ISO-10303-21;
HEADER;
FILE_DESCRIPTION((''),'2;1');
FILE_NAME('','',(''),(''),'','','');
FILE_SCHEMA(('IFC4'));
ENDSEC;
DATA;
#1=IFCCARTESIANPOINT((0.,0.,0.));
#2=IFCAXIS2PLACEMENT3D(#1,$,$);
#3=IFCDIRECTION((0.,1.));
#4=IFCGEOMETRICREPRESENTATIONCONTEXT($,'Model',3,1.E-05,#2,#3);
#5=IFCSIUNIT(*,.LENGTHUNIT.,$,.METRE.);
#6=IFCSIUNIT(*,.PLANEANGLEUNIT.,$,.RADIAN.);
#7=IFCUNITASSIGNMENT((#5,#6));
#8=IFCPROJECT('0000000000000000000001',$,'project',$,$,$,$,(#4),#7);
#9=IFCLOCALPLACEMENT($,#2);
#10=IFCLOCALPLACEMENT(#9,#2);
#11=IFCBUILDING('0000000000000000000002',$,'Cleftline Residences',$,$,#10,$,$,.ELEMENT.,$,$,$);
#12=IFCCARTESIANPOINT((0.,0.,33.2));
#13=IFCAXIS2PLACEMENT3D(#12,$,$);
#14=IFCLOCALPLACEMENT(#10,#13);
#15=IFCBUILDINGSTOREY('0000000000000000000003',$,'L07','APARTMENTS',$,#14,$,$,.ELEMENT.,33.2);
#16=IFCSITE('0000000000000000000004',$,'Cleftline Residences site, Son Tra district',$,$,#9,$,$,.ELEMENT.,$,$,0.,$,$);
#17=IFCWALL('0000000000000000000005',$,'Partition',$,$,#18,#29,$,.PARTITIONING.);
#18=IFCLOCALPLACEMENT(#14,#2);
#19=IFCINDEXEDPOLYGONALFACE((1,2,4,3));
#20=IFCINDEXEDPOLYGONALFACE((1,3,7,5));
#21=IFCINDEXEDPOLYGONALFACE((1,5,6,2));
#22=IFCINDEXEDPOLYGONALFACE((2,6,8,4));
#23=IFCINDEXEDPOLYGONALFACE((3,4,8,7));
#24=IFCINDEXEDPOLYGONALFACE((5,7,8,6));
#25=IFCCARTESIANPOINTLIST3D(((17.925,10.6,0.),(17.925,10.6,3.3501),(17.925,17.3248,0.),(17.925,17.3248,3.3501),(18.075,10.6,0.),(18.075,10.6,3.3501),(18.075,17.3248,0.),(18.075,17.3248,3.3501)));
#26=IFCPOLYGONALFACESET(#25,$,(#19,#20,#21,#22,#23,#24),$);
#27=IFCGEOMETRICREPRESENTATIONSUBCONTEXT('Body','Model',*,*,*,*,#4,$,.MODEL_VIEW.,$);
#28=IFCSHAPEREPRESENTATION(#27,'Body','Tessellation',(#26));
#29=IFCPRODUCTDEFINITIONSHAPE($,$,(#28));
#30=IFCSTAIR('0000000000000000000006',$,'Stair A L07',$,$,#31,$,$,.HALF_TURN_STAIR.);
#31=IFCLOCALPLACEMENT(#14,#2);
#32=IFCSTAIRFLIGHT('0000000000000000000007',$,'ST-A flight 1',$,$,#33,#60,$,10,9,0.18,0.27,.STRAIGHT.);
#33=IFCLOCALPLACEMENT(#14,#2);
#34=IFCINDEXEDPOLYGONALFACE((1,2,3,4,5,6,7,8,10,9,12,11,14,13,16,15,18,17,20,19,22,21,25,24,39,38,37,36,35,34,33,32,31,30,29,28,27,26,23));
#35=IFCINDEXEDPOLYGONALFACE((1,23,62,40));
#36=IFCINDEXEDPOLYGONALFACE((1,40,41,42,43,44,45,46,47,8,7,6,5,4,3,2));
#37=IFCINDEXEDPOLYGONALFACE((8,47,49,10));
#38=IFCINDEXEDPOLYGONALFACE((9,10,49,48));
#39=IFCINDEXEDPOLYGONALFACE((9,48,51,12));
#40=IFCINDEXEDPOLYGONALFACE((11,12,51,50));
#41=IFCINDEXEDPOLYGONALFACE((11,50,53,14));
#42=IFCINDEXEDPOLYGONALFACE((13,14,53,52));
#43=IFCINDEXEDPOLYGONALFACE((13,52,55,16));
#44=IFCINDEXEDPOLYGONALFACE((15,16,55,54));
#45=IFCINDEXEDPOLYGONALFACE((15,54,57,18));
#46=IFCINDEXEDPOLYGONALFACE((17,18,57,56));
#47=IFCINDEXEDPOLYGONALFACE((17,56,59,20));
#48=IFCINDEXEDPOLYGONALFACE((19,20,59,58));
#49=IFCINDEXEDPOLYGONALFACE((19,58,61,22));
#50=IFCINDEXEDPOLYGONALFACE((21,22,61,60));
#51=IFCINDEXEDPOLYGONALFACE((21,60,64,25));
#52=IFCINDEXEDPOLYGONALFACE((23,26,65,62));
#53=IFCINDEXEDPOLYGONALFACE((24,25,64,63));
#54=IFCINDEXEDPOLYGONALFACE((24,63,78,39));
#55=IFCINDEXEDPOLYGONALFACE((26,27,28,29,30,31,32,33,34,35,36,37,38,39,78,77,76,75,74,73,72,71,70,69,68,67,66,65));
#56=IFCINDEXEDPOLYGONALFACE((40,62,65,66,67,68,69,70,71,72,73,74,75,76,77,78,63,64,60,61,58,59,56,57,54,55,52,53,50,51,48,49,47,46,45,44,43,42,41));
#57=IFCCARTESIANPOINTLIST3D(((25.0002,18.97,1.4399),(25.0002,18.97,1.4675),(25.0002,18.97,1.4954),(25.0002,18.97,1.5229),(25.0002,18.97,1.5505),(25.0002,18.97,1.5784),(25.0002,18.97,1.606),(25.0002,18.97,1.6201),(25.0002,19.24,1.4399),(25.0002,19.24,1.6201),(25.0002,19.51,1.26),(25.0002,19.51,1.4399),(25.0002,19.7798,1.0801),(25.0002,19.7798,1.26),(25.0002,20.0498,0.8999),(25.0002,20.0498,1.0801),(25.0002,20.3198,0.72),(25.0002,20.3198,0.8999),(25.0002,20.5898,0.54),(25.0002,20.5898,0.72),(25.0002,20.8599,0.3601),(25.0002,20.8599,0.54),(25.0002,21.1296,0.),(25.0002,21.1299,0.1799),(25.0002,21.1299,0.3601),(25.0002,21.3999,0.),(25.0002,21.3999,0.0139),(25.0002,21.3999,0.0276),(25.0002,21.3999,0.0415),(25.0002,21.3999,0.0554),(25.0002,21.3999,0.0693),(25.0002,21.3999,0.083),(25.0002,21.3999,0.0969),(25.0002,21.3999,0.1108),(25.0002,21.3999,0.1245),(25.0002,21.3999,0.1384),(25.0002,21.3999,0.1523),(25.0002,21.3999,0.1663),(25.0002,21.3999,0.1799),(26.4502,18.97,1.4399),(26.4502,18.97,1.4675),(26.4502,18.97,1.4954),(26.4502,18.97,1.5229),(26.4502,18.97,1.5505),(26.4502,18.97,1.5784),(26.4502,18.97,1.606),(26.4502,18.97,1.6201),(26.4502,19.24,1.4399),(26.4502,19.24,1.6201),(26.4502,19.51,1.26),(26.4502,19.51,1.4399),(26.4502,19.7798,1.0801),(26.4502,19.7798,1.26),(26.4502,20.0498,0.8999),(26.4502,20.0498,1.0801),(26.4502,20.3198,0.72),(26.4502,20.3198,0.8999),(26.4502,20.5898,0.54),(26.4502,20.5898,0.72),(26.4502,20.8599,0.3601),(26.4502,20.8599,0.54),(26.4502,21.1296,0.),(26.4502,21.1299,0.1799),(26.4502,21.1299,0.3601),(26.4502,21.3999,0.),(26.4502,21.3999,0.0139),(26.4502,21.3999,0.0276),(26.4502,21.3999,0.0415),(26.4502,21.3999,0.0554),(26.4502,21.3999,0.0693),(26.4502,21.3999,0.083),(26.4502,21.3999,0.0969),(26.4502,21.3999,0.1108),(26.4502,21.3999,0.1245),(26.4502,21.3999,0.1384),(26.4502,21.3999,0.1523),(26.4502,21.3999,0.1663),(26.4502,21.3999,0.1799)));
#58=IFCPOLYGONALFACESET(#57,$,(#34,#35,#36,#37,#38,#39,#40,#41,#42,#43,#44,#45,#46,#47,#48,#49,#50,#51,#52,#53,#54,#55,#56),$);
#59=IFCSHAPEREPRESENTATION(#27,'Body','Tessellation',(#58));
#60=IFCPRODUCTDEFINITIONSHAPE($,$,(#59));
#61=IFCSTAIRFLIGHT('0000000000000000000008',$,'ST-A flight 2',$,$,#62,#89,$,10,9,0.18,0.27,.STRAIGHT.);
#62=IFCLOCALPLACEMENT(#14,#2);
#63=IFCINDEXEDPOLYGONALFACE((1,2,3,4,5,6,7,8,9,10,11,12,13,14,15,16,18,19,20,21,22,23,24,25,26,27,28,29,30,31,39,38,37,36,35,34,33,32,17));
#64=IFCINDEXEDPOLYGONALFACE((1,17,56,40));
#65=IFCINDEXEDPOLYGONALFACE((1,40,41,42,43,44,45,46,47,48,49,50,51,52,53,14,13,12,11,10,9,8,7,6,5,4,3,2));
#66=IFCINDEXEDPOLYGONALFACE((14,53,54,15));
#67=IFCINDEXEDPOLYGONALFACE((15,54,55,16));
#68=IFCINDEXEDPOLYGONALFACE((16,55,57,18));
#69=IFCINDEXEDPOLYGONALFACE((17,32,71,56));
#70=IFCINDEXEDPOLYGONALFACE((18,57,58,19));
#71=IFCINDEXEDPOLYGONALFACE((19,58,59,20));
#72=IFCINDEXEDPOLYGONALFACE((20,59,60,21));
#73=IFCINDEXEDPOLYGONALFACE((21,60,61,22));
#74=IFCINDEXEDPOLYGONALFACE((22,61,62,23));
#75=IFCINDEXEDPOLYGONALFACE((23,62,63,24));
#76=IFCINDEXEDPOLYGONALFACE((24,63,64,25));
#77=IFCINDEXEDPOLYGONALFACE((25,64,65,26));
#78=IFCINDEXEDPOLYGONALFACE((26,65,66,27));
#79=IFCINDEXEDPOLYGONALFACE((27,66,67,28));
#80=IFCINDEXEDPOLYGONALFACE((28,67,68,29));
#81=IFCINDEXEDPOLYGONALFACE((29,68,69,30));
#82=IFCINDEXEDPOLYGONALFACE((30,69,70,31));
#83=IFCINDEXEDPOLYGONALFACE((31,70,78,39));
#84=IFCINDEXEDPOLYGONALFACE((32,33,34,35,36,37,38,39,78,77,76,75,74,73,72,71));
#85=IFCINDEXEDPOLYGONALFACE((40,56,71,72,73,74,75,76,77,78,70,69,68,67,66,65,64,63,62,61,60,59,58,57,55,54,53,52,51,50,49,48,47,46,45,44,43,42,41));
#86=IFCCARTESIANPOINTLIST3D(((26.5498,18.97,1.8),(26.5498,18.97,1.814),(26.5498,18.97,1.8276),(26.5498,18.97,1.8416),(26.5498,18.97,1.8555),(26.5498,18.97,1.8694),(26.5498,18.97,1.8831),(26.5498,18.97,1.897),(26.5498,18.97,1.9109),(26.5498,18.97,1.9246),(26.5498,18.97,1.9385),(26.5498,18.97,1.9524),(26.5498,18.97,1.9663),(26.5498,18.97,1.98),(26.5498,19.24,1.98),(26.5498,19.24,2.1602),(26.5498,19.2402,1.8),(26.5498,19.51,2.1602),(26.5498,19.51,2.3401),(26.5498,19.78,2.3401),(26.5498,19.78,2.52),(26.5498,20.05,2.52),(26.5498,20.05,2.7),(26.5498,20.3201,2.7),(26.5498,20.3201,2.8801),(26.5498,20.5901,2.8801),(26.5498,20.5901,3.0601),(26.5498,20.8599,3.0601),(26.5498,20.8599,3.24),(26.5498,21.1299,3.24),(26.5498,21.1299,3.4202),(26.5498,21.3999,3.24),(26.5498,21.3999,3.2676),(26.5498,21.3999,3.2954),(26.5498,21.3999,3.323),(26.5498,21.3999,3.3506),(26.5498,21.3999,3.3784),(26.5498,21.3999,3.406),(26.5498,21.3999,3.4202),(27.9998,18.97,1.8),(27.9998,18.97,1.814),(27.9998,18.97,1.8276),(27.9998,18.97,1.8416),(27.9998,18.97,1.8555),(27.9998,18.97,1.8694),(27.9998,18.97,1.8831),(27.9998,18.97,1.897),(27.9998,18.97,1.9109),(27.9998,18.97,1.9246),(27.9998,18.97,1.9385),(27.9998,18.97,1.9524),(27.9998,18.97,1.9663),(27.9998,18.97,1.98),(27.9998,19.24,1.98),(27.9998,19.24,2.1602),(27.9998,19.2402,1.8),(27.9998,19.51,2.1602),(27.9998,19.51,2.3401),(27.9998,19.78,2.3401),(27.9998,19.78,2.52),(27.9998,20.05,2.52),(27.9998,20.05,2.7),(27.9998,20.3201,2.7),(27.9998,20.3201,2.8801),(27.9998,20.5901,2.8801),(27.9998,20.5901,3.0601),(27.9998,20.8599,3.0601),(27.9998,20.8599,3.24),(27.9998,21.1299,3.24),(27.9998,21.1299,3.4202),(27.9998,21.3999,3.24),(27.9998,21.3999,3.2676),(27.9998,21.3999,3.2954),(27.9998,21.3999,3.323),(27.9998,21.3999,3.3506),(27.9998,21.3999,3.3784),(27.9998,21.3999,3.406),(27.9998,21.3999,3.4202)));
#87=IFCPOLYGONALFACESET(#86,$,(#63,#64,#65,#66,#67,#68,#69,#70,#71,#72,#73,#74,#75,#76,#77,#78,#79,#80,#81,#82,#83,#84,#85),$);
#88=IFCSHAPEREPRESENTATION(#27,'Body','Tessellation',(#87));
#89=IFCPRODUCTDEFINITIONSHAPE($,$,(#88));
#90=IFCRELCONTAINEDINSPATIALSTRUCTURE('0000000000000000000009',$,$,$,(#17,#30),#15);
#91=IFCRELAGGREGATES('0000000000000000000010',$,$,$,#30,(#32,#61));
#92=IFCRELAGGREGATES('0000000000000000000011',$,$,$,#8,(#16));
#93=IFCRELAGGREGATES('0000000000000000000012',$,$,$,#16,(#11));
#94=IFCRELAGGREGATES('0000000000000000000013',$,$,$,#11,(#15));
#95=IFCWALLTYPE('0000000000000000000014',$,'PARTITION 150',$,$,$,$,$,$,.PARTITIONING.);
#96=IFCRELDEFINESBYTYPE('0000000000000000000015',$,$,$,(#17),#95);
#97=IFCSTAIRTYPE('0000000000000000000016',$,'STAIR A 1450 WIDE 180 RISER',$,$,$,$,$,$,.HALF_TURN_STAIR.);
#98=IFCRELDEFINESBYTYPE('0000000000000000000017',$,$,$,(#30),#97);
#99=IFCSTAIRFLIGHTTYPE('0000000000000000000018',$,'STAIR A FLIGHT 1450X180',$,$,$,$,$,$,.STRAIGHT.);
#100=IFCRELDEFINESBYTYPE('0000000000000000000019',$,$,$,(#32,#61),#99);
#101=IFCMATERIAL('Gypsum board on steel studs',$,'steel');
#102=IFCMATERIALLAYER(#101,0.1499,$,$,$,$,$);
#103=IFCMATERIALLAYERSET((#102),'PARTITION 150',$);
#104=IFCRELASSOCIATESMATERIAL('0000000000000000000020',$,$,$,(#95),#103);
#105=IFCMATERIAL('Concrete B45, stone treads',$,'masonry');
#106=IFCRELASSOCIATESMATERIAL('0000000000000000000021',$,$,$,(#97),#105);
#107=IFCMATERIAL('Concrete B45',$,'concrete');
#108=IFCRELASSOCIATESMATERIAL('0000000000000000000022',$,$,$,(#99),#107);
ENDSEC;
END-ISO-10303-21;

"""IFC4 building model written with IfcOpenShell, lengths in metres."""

from ifc_helpers import new_model, si_unit, direction, frame, frame_2d, origin, place, context, subcontext, project, spatial, polyline, rectangle, outline, extrude, material, layer, layer_set, type_object, element, aggregate, save


model = new_model("IFC4")

# Units and contexts
model_context = context("Model", 3, precision=1e-05, world=origin(), true_north=direction((0.0, 1.0)))
body_context = subcontext(model_context, "Body", "Model", "MODEL_VIEW")
ifc_project = project(units=[si_unit("LENGTHUNIT", "METRE"), si_unit("PLANEANGLEUNIT", "RADIAN")], contexts=[model_context])

# Site, building, storey
site_placement = place(None, origin())
site = spatial("IfcSite", under=ifc_project, at=site_placement, Name="Cleftline Residences site, Son Tra district", CompositionType="ELEMENT", RefElevation=0.0)
building_placement = place(site_placement, origin())
building = spatial("IfcBuilding", under=site, at=building_placement, Name="Cleftline Residences", CompositionType="ELEMENT")
storey_placement = place(building_placement, frame((0.0, 0.0, 33.2)))
storey = spatial("IfcBuildingStorey", under=building, at=storey_placement, Name="L07", Description="APARTMENTS", CompositionType="ELEMENT", Elevation=33.2)

# Shared definitions
ifc_material_1 = material(Name="Gypsum board on steel studs", Category="steel")
ifc_layer_1 = layer(ifc_material_1, 0.1499)
ifc_layer_set_1 = layer_set([ifc_layer_1], Name="PARTITION 150")
wall_type_1 = type_object("IfcWallType", Name="PARTITION 150", PredefinedType="PARTITIONING", material=ifc_layer_set_1)

# Wall
wall_1_placement = place(storey_placement, frame((18.0, 10.6001, 0.0), z_axis=(0.0, 0.0, 1.0), x_axis=(0.0, 1.0, 0.0)))
element("IfcWall", 1, at=wall_1_placement, inside=storey, type_object=wall_type_1, Name="Partition", PredefinedType="PARTITIONING", context=body_context, shape_type="SweptSolid", body=[
    extrude(rectangle(XDim=6.7249, YDim=0.1499, at=frame_2d((3.3623, 0.0))), origin(), (0.0, 0.0, 1.0), 3.3501),
])

# Stair, stair flights
ifc_material_2 = material(Name="Concrete B45, stone treads", Category="masonry")
stair_type = type_object("IfcStairType", Name="STAIR A 1450 WIDE 180 RISER", PredefinedType="HALF_TURN_STAIR", material=ifc_material_2)
stair_placement = place(storey_placement, origin())
stair = element("IfcStair", 2, at=stair_placement, inside=storey, type_object=stair_type, Name="Stair A L07", PredefinedType="HALF_TURN_STAIR")
ifc_material_3 = material(Name="Concrete B45", Category="concrete")
stair_flight_type = type_object("IfcStairFlightType", Name="STAIR A FLIGHT 1450X180", PredefinedType="STRAIGHT", material=ifc_material_3)
stair_flight_1_placement = place(storey_placement, frame((25.7251, 21.3999, 0.0), z_axis=(0.0, 0.0, 1.0), x_axis=(0.0, -1.0, 0.0)))
stair_flight_1 = element("IfcStairFlight", 3, at=stair_flight_1_placement, type_object=stair_flight_type, Name="ST-A flight 1", NumberOfRisers=10, NumberOfTreads=9, PredefinedType="STRAIGHT", RiserHeight=0.18, TreadLength=0.27, context=body_context, shape_type="SweptSolid", body=[
    extrude(outline(polyline([(0.0, 0.0), (0.0, 0.0139), (0.0, 0.0276), (0.0, 0.0415), (0.0, 0.0554), (0.0, 0.0693), (0.0, 0.083), (0.0, 0.0969), (0.0, 0.1108), (0.0, 0.1245), (0.0, 0.1384), (0.0, 0.1523), (0.0, 0.1663), (0.0, 0.1799), (0.27, 0.1799), (0.27, 0.3601), (0.54, 0.3601), (0.54, 0.54), (0.8101, 0.54), (0.8101, 0.72), (1.0801, 0.72), (1.0801, 0.8999), (1.3501, 0.8999), (1.3501, 1.0801), (1.6201, 1.0801), (1.6201, 1.26), (1.8899, 1.26), (1.8899, 1.4399), (2.1599, 1.4399), (2.1599, 1.6201), (2.4299, 1.6201), (2.4299, 1.8), (2.4299, 1.7722), (2.4299, 1.7446), (2.4299, 1.7168), (2.4299, 1.6892), (2.4299, 1.6614), (2.4299, 1.6338), (2.4299, 1.606), (2.4299, 1.5784), (2.4299, 1.5505), (2.4299, 1.5229), (2.4299, 1.4954), (2.4299, 1.4675), (2.4299, 1.4399), (0.2703, 0.0), (0.0, 0.0)])), frame((0.0, 0.7251, 0.0), z_axis=(0.0, -1.0, 0.0), x_axis=(1.0, 0.0, 0.0)), (0.0, 0.0, 1.0), 1.45),
])
stair_flight_2_placement = place(storey_placement, frame((27.2749, 18.97, 1.8), z_axis=(0.0, 0.0, 1.0), x_axis=(0.0, 1.0, 0.0)))
stair_flight_2 = element("IfcStairFlight", 4, at=stair_flight_2_placement, type_object=stair_flight_type, Name="ST-A flight 2", NumberOfRisers=10, NumberOfTreads=9, PredefinedType="STRAIGHT", RiserHeight=0.18, TreadLength=0.27, context=body_context, shape_type="SweptSolid", body=[
    extrude(outline(polyline([(0.0, 0.0), (0.0, 0.0139), (0.0, 0.0276), (0.0, 0.0415), (0.0, 0.0554), (0.0, 0.0693), (0.0, 0.083), (0.0, 0.0969), (0.0, 0.1108), (0.0, 0.1245), (0.0, 0.1384), (0.0, 0.1523), (0.0, 0.1663), (0.0, 0.1799), (0.27, 0.1799), (0.27, 0.3601), (0.54, 0.3601), (0.54, 0.54), (0.8101, 0.54), (0.8101, 0.72), (1.0801, 0.72), (1.0801, 0.8999), (1.3501, 0.8999), (1.3501, 1.0801), (1.6201, 1.0801), (1.6201, 1.26), (1.8899, 1.26), (1.8899, 1.4399), (2.1599, 1.4399), (2.1599, 1.6201), (2.4299, 1.6201), (2.4299, 1.8), (2.4299, 1.7722), (2.4299, 1.7446), (2.4299, 1.7168), (2.4299, 1.6892), (2.4299, 1.6614), (2.4299, 1.6338), (2.4299, 1.606), (2.4299, 1.5784), (2.4299, 1.5505), (2.4299, 1.5229), (2.4299, 1.4954), (2.4299, 1.4675), (2.4299, 1.4399), (0.2703, 0.0), (0.0, 0.0)])), frame((0.0, 0.7251, 0.0), z_axis=(0.0, -1.0, 0.0), x_axis=(1.0, 0.0, 0.0)), (0.0, 0.0, 1.0), 1.45),
])
aggregate(stair, [stair_flight_1, stair_flight_2])

save(model, "model.ifc")
